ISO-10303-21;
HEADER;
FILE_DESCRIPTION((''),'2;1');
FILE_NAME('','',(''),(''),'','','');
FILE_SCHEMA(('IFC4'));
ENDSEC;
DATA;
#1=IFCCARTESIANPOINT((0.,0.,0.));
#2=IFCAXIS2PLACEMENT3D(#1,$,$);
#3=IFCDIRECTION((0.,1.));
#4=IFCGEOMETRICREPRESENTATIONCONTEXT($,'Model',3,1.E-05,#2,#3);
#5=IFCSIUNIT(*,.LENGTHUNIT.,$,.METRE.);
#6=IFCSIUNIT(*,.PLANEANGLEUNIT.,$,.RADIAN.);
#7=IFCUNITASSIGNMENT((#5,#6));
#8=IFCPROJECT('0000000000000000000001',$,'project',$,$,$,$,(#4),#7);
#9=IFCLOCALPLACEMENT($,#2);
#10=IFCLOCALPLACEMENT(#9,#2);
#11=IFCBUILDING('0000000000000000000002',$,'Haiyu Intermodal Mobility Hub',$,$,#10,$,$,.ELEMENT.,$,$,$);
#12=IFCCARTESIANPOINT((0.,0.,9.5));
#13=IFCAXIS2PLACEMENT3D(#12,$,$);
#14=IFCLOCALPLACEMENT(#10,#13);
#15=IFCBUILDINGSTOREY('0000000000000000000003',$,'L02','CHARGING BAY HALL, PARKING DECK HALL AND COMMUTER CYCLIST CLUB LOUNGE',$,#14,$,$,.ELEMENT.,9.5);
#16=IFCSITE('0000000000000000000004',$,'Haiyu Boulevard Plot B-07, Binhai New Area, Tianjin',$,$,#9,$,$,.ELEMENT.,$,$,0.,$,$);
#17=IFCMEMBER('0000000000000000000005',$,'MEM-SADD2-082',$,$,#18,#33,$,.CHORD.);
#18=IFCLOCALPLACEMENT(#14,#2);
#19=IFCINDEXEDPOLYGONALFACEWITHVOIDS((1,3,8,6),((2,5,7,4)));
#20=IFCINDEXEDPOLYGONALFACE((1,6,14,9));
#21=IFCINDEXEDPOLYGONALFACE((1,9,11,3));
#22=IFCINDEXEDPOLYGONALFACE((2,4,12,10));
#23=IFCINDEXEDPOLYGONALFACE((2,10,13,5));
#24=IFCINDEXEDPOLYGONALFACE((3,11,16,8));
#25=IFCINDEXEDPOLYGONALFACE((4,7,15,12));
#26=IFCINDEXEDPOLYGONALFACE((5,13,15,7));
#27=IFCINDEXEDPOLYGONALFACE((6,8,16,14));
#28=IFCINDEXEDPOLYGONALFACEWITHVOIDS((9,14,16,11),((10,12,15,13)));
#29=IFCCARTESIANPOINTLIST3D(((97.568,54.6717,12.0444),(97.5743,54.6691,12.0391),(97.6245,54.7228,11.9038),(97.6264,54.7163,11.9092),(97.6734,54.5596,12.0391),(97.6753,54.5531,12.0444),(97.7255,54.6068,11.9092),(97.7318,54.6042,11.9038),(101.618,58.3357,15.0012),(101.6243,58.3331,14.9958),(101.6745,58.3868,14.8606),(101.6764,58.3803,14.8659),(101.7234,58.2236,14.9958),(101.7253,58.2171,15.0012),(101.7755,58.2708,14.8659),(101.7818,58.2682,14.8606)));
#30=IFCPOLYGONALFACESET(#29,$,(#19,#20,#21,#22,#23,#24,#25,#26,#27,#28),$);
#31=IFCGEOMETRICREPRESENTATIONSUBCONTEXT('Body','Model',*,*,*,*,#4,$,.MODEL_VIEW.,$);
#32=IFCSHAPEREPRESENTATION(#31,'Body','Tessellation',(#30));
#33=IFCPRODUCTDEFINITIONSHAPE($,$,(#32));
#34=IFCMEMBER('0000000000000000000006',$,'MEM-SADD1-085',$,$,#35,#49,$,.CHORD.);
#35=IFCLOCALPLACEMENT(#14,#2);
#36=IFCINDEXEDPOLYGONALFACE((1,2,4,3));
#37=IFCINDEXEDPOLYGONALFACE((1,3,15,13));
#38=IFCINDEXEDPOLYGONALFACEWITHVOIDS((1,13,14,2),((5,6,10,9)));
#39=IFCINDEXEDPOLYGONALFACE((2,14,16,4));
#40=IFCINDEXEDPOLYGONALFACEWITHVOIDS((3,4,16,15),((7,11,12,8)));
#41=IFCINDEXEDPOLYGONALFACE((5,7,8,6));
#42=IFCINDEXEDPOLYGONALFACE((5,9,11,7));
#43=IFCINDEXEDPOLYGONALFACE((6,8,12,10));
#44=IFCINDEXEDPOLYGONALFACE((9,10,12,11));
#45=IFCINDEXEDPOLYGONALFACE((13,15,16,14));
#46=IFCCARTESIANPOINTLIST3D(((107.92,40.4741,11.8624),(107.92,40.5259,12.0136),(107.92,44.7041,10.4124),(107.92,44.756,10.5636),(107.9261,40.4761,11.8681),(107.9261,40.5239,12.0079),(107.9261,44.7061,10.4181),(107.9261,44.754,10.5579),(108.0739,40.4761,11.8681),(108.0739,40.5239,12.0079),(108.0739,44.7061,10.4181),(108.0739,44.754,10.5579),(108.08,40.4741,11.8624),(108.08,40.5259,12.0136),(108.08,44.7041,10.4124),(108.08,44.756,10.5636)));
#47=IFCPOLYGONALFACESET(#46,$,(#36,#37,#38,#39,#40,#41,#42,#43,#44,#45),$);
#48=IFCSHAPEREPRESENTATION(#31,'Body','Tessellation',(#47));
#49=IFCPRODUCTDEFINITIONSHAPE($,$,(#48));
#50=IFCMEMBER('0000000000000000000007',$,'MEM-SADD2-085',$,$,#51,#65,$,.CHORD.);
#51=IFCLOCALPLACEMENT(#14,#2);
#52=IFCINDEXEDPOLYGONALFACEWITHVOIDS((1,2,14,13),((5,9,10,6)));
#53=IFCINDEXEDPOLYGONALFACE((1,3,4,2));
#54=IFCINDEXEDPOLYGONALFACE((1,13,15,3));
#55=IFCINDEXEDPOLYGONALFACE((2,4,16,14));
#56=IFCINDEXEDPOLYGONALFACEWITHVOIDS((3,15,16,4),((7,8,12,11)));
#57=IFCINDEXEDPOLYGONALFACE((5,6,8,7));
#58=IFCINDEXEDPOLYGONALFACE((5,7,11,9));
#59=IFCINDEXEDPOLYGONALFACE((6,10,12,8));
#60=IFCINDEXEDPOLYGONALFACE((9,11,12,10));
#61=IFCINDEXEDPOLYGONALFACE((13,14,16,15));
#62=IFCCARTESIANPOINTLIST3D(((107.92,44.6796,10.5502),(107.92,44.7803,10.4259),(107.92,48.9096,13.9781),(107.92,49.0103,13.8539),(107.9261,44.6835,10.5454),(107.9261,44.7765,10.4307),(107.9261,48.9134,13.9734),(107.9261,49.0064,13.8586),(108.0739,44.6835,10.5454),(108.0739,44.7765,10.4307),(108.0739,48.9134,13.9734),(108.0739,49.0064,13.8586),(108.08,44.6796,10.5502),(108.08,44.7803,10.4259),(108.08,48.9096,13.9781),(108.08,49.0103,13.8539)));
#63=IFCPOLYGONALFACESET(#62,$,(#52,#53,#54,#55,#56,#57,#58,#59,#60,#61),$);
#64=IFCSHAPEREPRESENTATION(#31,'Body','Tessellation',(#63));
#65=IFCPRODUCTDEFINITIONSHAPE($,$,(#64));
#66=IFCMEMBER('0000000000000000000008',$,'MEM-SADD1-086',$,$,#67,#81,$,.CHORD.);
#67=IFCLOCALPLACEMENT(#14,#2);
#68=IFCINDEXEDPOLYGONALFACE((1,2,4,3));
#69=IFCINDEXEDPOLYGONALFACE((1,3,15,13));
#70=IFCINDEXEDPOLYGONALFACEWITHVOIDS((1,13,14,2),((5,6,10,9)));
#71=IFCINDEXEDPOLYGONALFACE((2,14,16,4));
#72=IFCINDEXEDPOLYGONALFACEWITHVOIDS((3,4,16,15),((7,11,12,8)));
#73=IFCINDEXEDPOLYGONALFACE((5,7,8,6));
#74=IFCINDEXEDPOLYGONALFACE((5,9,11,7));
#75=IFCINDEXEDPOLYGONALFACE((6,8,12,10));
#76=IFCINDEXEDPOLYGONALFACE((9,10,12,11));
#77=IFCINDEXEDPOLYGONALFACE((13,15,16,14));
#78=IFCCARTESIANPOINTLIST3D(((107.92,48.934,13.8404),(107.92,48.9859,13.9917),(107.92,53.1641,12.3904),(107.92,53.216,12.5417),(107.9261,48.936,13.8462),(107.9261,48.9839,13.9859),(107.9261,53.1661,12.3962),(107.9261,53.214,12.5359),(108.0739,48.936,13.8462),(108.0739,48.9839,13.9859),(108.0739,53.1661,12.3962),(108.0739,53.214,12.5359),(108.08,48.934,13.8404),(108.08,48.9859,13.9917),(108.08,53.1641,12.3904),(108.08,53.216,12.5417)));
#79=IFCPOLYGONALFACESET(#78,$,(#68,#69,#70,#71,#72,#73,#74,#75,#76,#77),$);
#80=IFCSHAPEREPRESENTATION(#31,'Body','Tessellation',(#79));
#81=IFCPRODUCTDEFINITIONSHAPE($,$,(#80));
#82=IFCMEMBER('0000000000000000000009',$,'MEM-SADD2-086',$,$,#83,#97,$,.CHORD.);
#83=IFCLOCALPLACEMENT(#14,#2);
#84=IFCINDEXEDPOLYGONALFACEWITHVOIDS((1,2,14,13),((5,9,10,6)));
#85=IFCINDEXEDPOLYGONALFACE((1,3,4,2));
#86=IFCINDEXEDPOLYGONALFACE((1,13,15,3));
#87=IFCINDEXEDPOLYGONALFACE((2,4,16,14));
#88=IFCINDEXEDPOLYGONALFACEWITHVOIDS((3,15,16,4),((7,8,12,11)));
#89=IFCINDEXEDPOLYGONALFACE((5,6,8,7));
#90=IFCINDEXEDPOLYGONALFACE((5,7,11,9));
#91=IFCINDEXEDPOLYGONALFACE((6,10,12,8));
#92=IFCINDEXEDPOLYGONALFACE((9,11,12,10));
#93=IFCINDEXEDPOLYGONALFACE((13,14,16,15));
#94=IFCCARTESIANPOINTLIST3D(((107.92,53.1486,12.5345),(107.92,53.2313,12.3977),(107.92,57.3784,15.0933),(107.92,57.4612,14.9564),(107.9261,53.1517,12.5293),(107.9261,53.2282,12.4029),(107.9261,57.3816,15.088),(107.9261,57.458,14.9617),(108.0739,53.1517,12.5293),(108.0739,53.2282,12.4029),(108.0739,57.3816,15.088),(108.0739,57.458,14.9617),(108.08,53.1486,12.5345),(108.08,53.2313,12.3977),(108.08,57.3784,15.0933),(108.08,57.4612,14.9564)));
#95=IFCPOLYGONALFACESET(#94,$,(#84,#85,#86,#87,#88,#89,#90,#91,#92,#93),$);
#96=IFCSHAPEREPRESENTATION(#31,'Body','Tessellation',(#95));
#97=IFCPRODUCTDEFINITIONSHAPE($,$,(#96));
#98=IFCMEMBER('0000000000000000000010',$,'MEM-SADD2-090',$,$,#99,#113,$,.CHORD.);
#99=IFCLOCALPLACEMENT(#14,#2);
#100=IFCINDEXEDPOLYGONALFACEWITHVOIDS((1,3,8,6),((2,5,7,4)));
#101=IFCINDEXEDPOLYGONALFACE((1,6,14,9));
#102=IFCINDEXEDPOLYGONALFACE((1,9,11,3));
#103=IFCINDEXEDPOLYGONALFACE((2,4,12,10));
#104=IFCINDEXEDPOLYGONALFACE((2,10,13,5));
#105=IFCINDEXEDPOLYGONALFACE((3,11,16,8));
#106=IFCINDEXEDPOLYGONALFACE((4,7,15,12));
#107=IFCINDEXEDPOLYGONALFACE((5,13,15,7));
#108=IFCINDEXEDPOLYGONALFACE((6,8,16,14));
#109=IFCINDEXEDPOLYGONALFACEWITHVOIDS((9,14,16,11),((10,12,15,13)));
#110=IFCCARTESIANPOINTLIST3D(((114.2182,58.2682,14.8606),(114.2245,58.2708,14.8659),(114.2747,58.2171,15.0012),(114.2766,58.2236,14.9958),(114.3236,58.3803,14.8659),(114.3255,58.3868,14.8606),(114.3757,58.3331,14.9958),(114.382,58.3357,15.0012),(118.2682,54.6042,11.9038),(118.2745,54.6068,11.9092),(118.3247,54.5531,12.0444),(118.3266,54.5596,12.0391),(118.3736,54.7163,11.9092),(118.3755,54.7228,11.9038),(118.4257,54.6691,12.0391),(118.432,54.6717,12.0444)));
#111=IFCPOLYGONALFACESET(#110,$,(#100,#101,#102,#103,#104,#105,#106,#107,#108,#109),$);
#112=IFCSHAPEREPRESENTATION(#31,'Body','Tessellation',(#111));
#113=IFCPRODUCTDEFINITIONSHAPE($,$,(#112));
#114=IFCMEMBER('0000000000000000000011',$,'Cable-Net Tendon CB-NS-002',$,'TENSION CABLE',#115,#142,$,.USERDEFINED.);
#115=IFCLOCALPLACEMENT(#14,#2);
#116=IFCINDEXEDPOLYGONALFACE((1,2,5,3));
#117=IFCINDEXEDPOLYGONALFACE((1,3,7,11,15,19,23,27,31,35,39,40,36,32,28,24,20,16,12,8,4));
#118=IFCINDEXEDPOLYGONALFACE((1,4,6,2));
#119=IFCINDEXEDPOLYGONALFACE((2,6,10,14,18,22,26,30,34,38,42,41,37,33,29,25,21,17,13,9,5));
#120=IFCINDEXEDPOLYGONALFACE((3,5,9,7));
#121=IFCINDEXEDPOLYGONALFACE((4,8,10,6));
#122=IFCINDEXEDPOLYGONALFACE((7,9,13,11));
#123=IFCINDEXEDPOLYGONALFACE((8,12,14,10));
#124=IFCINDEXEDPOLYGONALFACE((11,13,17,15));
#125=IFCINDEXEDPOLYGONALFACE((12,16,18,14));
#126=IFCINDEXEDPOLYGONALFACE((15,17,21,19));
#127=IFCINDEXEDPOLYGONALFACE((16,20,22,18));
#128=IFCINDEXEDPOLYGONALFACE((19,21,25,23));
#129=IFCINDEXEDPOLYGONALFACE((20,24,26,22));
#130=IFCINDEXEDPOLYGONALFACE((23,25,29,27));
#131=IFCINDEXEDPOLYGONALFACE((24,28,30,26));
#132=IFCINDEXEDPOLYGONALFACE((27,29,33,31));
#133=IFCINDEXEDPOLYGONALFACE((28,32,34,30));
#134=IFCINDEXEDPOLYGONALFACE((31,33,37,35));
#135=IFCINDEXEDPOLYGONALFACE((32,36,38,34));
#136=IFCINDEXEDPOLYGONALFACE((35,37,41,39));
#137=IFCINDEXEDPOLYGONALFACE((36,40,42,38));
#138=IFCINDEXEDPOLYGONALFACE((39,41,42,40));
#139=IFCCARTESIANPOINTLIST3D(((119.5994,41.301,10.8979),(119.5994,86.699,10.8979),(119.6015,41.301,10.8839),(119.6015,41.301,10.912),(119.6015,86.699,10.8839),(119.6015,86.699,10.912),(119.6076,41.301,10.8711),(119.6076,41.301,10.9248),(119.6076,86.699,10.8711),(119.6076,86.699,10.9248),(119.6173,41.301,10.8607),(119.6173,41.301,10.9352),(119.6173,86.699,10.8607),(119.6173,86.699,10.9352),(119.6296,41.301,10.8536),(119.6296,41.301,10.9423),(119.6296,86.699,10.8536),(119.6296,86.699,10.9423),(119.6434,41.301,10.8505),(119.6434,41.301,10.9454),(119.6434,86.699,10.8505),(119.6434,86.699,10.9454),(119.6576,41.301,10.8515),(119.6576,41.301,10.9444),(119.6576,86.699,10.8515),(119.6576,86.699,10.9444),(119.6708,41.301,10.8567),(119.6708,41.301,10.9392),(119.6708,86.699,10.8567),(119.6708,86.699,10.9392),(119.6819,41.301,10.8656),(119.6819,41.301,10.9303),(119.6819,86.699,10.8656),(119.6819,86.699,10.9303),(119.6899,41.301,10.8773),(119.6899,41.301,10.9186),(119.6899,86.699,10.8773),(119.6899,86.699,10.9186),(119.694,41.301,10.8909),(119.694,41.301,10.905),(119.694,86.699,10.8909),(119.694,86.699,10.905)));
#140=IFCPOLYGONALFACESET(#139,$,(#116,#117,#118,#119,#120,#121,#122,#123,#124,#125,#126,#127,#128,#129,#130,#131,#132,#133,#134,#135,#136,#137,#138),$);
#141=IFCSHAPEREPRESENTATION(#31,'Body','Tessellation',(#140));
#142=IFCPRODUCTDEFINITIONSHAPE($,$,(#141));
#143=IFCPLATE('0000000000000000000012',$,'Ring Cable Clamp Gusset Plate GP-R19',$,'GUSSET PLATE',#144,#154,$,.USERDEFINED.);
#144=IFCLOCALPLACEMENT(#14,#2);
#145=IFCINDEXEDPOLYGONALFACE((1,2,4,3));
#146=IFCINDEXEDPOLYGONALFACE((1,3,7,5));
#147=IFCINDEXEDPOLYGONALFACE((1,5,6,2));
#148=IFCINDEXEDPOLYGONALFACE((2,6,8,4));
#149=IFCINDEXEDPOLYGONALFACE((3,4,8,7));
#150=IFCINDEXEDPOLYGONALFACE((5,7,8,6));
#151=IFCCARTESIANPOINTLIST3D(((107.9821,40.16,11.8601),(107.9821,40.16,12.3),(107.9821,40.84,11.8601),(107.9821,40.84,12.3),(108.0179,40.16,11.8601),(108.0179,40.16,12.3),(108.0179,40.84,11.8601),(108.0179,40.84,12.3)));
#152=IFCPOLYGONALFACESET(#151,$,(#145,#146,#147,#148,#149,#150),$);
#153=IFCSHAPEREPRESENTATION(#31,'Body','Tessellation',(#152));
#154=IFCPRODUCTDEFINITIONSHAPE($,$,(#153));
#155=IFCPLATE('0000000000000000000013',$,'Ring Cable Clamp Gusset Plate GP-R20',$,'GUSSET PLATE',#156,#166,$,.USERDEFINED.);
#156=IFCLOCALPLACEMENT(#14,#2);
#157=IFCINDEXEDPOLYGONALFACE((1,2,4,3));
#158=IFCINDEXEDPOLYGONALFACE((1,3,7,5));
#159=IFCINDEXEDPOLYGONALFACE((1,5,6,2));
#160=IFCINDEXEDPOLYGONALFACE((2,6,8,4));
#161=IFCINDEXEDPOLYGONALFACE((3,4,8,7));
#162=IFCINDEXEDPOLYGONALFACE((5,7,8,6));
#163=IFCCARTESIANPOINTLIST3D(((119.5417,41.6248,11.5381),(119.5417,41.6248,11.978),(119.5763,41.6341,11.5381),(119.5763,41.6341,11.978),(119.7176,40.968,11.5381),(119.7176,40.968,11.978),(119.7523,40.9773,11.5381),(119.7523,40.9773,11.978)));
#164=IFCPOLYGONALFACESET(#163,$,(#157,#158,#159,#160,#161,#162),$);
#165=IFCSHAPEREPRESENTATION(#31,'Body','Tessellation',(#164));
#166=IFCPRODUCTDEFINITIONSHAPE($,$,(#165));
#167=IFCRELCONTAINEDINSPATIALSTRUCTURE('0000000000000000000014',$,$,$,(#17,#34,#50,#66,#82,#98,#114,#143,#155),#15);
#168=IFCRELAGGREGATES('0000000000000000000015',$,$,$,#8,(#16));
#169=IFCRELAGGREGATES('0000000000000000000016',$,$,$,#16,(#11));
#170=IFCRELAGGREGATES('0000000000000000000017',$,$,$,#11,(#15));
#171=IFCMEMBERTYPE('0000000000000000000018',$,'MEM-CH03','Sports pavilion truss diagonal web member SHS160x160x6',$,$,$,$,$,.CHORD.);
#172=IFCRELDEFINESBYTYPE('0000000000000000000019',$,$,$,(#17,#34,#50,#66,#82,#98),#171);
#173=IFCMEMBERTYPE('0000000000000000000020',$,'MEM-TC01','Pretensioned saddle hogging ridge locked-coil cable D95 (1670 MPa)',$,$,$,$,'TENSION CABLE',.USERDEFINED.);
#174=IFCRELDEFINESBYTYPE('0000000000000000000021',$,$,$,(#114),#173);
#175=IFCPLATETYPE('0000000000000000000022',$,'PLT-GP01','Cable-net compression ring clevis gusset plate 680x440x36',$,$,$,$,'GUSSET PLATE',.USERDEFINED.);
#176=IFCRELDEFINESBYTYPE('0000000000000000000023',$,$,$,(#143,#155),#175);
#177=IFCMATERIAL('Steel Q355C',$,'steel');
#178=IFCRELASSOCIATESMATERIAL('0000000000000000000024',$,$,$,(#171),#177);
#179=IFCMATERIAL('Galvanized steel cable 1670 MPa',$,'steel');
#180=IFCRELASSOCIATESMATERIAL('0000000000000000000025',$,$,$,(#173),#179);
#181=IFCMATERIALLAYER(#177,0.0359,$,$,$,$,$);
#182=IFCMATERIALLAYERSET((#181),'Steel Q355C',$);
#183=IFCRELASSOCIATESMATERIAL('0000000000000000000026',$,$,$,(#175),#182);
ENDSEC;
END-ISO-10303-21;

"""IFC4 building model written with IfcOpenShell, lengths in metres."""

from ifc_helpers import new_model, si_unit, direction, frame, origin, origin_2d, place, context, subcontext, project, spatial, rectangle, hollow_rectangle, circle, extrude, material, layer, layer_set, material_profile, profile_set, type_object, element, save


model = new_model("IFC4")

# Units and contexts
model_context = context("Model", 3, precision=1e-05, world=origin(), true_north=direction((0.0, 1.0)))
body_context = subcontext(model_context, "Body", "Model", "MODEL_VIEW")
ifc_project = project(units=[si_unit("LENGTHUNIT", "METRE"), si_unit("PLANEANGLEUNIT", "RADIAN")], contexts=[model_context])

# Site, building, storey
site_placement = place(None, origin())
site = spatial("IfcSite", under=ifc_project, at=site_placement, Name="Haiyu Boulevard Plot B-07, Binhai New Area, Tianjin", CompositionType="ELEMENT", RefElevation=0.0)
building_placement = place(site_placement, origin())
building = spatial("IfcBuilding", under=site, at=building_placement, Name="Haiyu Intermodal Mobility Hub", CompositionType="ELEMENT")
storey_placement = place(building_placement, frame((0.0, 0.0, 9.5)))
storey = spatial("IfcBuildingStorey", under=building, at=storey_placement, Name="L02", Description="CHARGING BAY HALL, PARKING DECK HALL AND COMMUTER CYCLIST CLUB LOUNGE", CompositionType="ELEMENT", Elevation=9.5)

# Shared definitions
ifc_material_1 = material(Name="Steel Q355C", Category="steel")

# Members
ifc_material_profile_1 = material_profile(ifc_material_1, hollow_rectangle(XDim=0.1599, YDim=0.1599, WallThickness=0.0061, at=origin_2d()), Name="SHS160x160x6")
ifc_profile_set_1 = profile_set([ifc_material_profile_1], Name="Steel Q355C")
member_type_1 = type_object("IfcMemberType", Name="MEM-CH03", Description="Sports pavilion truss diagonal web member SHS160x160x6", PredefinedType="CHORD", material=ifc_profile_set_1)
member_1_placement = place(storey_placement, frame((97.6499, 54.6379, 11.9741), z_axis=(0.652125, 0.589975, 0.476092), x_axis=(-0.670886, 0.74156, 0.0)))
element("IfcMember", 1, at=member_1_placement, inside=storey, type_object=member_type_1, Name="MEM-SADD2-082", PredefinedType="CHORD", context=body_context, shape_type="SweptSolid", body=[
    extrude(hollow_rectangle(XDim=0.1599, YDim=0.1599, WallThickness=0.0061, at=origin_2d()), origin(), (0.0, 0.0, 1.0), 6.2104),
])
member_2_placement = place(storey_placement, frame((108.0, 40.5, 11.938), z_axis=(0.0, 0.945968, -0.324259), x_axis=(-1.0, 0.0, 0.0)))
element("IfcMember", 2, at=member_2_placement, inside=storey, type_object=member_type_1, Name="MEM-SADD1-085", PredefinedType="CHORD", context=body_context, shape_type="SweptSolid", body=[
    extrude(hollow_rectangle(XDim=0.1599, YDim=0.1599, WallThickness=0.0061, at=origin_2d()), origin(), (0.0, 0.0, 1.0), 4.4717),
])
member_3_placement = place(storey_placement, frame((108.0, 44.73, 10.488), z_axis=(0.0, 0.776912, 0.62961), x_axis=(-1.0, 0.0, 0.0)))
element("IfcMember", 3, at=member_3_placement, inside=storey, type_object=member_type_1, Name="MEM-SADD2-085", PredefinedType="CHORD", context=body_context, shape_type="SweptSolid", body=[
    extrude(hollow_rectangle(XDim=0.1599, YDim=0.1599, WallThickness=0.0061, at=origin_2d()), origin(), (0.0, 0.0, 1.0), 5.4446),
])
member_4_placement = place(storey_placement, frame((108.0, 48.96, 13.916), z_axis=(0.0, 0.945968, -0.324259), x_axis=(-1.0, 0.0, 0.0)))
element("IfcMember", 4, at=member_4_placement, inside=storey, type_object=member_type_1, Name="MEM-SADD1-086", PredefinedType="CHORD", context=body_context, shape_type="SweptSolid", body=[
    extrude(hollow_rectangle(XDim=0.1599, YDim=0.1599, WallThickness=0.0061, at=origin_2d()), origin(), (0.0, 0.0, 1.0), 4.4717),
])
member_5_placement = place(storey_placement, frame((108.0, 53.1899, 12.4661), z_axis=(0.0, 0.855627, 0.517593), x_axis=(-1.0, 0.0, 0.0)))
element("IfcMember", 5, at=member_5_placement, inside=storey, type_object=member_type_1, Name="MEM-SADD2-086", PredefinedType="CHORD", context=body_context, shape_type="SweptSolid", body=[
    extrude(hollow_rectangle(XDim=0.1599, YDim=0.1599, WallThickness=0.0061, at=origin_2d()), origin(), (0.0, 0.0, 1.0), 4.9436),
])
member_6_placement = place(storey_placement, frame((118.3501, 54.6379, 11.9741), z_axis=(-0.652125, 0.589975, 0.476092), x_axis=(-0.670886, -0.74156, 0.0)))
element("IfcMember", 6, at=member_6_placement, inside=storey, type_object=member_type_1, Name="MEM-SADD2-090", PredefinedType="CHORD", context=body_context, shape_type="SweptSolid", body=[
    extrude(hollow_rectangle(XDim=0.1599, YDim=0.1599, WallThickness=0.0061, at=origin_2d()), origin(), (0.0, 0.0, 1.0), 6.2104),
])
ifc_material_2 = material(Name="Galvanized steel cable 1670 MPa", Category="steel")
ifc_material_profile_2 = material_profile(ifc_material_2, circle(Radius=0.0476, at=origin_2d()), Name="CABLE95")
ifc_profile_set_2 = profile_set([ifc_material_profile_2], Name="Galvanized steel cable 1670 MPa")
member_type_2 = type_object("IfcMemberType", Name="MEM-TC01", Description="Pretensioned saddle hogging ridge locked-coil cable D95 (1670 MPa)", ElementType="TENSION CABLE", PredefinedType="USERDEFINED", material=ifc_profile_set_2)
member_7_placement = place(storey_placement, frame((119.647, 41.301, 10.8979), z_axis=(0.0, 1.0, 0.0), x_axis=(-1.0, 0.0, 0.0)))
element("IfcMember", 7, at=member_7_placement, inside=storey, type_object=member_type_2, Name="Cable-Net Tendon CB-NS-002", ObjectType="TENSION CABLE", PredefinedType="USERDEFINED", context=body_context, shape_type="SweptSolid", body=[
    extrude(circle(Radius=0.0476, at=origin_2d()), origin(), (0.0, 0.0, 1.0), 45.3979),
])

# Plates
ifc_layer = layer(ifc_material_1, 0.0359)
ifc_layer_set = layer_set([ifc_layer], Name="Steel Q355C")
plate_type = type_object("IfcPlateType", Name="PLT-GP01", Description="Cable-net compression ring clevis gusset plate 680x440x36", ElementType="GUSSET PLATE", PredefinedType="USERDEFINED", material=ifc_layer_set)
for number, where, z_axis, x_axis, name in (
    (8, (108.0, 40.5, 11.8601), (0.0, 0.0, 1.0), (0.0, -1.0, 0.0), "Ring Cable Clamp Gusset Plate GP-R19"),
    (9, (119.647, 41.301, 11.5381), (0.0, 0.0, 1.0), (0.258819, -0.965926, 0.0), "Ring Cable Clamp Gusset Plate GP-R20"),
):
    element("IfcPlate", number, at=place(storey_placement, frame(where, z_axis=z_axis, x_axis=x_axis)), inside=storey, type_object=plate_type, Name=name, ObjectType="GUSSET PLATE", PredefinedType="USERDEFINED", context=body_context, shape_type="SweptSolid", body=[
        extrude(rectangle(XDim=0.6799, YDim=0.0359, at=origin_2d()), origin(), (0.0, 0.0, 1.0), 0.4399),
    ])

save(model, "model.ifc")
